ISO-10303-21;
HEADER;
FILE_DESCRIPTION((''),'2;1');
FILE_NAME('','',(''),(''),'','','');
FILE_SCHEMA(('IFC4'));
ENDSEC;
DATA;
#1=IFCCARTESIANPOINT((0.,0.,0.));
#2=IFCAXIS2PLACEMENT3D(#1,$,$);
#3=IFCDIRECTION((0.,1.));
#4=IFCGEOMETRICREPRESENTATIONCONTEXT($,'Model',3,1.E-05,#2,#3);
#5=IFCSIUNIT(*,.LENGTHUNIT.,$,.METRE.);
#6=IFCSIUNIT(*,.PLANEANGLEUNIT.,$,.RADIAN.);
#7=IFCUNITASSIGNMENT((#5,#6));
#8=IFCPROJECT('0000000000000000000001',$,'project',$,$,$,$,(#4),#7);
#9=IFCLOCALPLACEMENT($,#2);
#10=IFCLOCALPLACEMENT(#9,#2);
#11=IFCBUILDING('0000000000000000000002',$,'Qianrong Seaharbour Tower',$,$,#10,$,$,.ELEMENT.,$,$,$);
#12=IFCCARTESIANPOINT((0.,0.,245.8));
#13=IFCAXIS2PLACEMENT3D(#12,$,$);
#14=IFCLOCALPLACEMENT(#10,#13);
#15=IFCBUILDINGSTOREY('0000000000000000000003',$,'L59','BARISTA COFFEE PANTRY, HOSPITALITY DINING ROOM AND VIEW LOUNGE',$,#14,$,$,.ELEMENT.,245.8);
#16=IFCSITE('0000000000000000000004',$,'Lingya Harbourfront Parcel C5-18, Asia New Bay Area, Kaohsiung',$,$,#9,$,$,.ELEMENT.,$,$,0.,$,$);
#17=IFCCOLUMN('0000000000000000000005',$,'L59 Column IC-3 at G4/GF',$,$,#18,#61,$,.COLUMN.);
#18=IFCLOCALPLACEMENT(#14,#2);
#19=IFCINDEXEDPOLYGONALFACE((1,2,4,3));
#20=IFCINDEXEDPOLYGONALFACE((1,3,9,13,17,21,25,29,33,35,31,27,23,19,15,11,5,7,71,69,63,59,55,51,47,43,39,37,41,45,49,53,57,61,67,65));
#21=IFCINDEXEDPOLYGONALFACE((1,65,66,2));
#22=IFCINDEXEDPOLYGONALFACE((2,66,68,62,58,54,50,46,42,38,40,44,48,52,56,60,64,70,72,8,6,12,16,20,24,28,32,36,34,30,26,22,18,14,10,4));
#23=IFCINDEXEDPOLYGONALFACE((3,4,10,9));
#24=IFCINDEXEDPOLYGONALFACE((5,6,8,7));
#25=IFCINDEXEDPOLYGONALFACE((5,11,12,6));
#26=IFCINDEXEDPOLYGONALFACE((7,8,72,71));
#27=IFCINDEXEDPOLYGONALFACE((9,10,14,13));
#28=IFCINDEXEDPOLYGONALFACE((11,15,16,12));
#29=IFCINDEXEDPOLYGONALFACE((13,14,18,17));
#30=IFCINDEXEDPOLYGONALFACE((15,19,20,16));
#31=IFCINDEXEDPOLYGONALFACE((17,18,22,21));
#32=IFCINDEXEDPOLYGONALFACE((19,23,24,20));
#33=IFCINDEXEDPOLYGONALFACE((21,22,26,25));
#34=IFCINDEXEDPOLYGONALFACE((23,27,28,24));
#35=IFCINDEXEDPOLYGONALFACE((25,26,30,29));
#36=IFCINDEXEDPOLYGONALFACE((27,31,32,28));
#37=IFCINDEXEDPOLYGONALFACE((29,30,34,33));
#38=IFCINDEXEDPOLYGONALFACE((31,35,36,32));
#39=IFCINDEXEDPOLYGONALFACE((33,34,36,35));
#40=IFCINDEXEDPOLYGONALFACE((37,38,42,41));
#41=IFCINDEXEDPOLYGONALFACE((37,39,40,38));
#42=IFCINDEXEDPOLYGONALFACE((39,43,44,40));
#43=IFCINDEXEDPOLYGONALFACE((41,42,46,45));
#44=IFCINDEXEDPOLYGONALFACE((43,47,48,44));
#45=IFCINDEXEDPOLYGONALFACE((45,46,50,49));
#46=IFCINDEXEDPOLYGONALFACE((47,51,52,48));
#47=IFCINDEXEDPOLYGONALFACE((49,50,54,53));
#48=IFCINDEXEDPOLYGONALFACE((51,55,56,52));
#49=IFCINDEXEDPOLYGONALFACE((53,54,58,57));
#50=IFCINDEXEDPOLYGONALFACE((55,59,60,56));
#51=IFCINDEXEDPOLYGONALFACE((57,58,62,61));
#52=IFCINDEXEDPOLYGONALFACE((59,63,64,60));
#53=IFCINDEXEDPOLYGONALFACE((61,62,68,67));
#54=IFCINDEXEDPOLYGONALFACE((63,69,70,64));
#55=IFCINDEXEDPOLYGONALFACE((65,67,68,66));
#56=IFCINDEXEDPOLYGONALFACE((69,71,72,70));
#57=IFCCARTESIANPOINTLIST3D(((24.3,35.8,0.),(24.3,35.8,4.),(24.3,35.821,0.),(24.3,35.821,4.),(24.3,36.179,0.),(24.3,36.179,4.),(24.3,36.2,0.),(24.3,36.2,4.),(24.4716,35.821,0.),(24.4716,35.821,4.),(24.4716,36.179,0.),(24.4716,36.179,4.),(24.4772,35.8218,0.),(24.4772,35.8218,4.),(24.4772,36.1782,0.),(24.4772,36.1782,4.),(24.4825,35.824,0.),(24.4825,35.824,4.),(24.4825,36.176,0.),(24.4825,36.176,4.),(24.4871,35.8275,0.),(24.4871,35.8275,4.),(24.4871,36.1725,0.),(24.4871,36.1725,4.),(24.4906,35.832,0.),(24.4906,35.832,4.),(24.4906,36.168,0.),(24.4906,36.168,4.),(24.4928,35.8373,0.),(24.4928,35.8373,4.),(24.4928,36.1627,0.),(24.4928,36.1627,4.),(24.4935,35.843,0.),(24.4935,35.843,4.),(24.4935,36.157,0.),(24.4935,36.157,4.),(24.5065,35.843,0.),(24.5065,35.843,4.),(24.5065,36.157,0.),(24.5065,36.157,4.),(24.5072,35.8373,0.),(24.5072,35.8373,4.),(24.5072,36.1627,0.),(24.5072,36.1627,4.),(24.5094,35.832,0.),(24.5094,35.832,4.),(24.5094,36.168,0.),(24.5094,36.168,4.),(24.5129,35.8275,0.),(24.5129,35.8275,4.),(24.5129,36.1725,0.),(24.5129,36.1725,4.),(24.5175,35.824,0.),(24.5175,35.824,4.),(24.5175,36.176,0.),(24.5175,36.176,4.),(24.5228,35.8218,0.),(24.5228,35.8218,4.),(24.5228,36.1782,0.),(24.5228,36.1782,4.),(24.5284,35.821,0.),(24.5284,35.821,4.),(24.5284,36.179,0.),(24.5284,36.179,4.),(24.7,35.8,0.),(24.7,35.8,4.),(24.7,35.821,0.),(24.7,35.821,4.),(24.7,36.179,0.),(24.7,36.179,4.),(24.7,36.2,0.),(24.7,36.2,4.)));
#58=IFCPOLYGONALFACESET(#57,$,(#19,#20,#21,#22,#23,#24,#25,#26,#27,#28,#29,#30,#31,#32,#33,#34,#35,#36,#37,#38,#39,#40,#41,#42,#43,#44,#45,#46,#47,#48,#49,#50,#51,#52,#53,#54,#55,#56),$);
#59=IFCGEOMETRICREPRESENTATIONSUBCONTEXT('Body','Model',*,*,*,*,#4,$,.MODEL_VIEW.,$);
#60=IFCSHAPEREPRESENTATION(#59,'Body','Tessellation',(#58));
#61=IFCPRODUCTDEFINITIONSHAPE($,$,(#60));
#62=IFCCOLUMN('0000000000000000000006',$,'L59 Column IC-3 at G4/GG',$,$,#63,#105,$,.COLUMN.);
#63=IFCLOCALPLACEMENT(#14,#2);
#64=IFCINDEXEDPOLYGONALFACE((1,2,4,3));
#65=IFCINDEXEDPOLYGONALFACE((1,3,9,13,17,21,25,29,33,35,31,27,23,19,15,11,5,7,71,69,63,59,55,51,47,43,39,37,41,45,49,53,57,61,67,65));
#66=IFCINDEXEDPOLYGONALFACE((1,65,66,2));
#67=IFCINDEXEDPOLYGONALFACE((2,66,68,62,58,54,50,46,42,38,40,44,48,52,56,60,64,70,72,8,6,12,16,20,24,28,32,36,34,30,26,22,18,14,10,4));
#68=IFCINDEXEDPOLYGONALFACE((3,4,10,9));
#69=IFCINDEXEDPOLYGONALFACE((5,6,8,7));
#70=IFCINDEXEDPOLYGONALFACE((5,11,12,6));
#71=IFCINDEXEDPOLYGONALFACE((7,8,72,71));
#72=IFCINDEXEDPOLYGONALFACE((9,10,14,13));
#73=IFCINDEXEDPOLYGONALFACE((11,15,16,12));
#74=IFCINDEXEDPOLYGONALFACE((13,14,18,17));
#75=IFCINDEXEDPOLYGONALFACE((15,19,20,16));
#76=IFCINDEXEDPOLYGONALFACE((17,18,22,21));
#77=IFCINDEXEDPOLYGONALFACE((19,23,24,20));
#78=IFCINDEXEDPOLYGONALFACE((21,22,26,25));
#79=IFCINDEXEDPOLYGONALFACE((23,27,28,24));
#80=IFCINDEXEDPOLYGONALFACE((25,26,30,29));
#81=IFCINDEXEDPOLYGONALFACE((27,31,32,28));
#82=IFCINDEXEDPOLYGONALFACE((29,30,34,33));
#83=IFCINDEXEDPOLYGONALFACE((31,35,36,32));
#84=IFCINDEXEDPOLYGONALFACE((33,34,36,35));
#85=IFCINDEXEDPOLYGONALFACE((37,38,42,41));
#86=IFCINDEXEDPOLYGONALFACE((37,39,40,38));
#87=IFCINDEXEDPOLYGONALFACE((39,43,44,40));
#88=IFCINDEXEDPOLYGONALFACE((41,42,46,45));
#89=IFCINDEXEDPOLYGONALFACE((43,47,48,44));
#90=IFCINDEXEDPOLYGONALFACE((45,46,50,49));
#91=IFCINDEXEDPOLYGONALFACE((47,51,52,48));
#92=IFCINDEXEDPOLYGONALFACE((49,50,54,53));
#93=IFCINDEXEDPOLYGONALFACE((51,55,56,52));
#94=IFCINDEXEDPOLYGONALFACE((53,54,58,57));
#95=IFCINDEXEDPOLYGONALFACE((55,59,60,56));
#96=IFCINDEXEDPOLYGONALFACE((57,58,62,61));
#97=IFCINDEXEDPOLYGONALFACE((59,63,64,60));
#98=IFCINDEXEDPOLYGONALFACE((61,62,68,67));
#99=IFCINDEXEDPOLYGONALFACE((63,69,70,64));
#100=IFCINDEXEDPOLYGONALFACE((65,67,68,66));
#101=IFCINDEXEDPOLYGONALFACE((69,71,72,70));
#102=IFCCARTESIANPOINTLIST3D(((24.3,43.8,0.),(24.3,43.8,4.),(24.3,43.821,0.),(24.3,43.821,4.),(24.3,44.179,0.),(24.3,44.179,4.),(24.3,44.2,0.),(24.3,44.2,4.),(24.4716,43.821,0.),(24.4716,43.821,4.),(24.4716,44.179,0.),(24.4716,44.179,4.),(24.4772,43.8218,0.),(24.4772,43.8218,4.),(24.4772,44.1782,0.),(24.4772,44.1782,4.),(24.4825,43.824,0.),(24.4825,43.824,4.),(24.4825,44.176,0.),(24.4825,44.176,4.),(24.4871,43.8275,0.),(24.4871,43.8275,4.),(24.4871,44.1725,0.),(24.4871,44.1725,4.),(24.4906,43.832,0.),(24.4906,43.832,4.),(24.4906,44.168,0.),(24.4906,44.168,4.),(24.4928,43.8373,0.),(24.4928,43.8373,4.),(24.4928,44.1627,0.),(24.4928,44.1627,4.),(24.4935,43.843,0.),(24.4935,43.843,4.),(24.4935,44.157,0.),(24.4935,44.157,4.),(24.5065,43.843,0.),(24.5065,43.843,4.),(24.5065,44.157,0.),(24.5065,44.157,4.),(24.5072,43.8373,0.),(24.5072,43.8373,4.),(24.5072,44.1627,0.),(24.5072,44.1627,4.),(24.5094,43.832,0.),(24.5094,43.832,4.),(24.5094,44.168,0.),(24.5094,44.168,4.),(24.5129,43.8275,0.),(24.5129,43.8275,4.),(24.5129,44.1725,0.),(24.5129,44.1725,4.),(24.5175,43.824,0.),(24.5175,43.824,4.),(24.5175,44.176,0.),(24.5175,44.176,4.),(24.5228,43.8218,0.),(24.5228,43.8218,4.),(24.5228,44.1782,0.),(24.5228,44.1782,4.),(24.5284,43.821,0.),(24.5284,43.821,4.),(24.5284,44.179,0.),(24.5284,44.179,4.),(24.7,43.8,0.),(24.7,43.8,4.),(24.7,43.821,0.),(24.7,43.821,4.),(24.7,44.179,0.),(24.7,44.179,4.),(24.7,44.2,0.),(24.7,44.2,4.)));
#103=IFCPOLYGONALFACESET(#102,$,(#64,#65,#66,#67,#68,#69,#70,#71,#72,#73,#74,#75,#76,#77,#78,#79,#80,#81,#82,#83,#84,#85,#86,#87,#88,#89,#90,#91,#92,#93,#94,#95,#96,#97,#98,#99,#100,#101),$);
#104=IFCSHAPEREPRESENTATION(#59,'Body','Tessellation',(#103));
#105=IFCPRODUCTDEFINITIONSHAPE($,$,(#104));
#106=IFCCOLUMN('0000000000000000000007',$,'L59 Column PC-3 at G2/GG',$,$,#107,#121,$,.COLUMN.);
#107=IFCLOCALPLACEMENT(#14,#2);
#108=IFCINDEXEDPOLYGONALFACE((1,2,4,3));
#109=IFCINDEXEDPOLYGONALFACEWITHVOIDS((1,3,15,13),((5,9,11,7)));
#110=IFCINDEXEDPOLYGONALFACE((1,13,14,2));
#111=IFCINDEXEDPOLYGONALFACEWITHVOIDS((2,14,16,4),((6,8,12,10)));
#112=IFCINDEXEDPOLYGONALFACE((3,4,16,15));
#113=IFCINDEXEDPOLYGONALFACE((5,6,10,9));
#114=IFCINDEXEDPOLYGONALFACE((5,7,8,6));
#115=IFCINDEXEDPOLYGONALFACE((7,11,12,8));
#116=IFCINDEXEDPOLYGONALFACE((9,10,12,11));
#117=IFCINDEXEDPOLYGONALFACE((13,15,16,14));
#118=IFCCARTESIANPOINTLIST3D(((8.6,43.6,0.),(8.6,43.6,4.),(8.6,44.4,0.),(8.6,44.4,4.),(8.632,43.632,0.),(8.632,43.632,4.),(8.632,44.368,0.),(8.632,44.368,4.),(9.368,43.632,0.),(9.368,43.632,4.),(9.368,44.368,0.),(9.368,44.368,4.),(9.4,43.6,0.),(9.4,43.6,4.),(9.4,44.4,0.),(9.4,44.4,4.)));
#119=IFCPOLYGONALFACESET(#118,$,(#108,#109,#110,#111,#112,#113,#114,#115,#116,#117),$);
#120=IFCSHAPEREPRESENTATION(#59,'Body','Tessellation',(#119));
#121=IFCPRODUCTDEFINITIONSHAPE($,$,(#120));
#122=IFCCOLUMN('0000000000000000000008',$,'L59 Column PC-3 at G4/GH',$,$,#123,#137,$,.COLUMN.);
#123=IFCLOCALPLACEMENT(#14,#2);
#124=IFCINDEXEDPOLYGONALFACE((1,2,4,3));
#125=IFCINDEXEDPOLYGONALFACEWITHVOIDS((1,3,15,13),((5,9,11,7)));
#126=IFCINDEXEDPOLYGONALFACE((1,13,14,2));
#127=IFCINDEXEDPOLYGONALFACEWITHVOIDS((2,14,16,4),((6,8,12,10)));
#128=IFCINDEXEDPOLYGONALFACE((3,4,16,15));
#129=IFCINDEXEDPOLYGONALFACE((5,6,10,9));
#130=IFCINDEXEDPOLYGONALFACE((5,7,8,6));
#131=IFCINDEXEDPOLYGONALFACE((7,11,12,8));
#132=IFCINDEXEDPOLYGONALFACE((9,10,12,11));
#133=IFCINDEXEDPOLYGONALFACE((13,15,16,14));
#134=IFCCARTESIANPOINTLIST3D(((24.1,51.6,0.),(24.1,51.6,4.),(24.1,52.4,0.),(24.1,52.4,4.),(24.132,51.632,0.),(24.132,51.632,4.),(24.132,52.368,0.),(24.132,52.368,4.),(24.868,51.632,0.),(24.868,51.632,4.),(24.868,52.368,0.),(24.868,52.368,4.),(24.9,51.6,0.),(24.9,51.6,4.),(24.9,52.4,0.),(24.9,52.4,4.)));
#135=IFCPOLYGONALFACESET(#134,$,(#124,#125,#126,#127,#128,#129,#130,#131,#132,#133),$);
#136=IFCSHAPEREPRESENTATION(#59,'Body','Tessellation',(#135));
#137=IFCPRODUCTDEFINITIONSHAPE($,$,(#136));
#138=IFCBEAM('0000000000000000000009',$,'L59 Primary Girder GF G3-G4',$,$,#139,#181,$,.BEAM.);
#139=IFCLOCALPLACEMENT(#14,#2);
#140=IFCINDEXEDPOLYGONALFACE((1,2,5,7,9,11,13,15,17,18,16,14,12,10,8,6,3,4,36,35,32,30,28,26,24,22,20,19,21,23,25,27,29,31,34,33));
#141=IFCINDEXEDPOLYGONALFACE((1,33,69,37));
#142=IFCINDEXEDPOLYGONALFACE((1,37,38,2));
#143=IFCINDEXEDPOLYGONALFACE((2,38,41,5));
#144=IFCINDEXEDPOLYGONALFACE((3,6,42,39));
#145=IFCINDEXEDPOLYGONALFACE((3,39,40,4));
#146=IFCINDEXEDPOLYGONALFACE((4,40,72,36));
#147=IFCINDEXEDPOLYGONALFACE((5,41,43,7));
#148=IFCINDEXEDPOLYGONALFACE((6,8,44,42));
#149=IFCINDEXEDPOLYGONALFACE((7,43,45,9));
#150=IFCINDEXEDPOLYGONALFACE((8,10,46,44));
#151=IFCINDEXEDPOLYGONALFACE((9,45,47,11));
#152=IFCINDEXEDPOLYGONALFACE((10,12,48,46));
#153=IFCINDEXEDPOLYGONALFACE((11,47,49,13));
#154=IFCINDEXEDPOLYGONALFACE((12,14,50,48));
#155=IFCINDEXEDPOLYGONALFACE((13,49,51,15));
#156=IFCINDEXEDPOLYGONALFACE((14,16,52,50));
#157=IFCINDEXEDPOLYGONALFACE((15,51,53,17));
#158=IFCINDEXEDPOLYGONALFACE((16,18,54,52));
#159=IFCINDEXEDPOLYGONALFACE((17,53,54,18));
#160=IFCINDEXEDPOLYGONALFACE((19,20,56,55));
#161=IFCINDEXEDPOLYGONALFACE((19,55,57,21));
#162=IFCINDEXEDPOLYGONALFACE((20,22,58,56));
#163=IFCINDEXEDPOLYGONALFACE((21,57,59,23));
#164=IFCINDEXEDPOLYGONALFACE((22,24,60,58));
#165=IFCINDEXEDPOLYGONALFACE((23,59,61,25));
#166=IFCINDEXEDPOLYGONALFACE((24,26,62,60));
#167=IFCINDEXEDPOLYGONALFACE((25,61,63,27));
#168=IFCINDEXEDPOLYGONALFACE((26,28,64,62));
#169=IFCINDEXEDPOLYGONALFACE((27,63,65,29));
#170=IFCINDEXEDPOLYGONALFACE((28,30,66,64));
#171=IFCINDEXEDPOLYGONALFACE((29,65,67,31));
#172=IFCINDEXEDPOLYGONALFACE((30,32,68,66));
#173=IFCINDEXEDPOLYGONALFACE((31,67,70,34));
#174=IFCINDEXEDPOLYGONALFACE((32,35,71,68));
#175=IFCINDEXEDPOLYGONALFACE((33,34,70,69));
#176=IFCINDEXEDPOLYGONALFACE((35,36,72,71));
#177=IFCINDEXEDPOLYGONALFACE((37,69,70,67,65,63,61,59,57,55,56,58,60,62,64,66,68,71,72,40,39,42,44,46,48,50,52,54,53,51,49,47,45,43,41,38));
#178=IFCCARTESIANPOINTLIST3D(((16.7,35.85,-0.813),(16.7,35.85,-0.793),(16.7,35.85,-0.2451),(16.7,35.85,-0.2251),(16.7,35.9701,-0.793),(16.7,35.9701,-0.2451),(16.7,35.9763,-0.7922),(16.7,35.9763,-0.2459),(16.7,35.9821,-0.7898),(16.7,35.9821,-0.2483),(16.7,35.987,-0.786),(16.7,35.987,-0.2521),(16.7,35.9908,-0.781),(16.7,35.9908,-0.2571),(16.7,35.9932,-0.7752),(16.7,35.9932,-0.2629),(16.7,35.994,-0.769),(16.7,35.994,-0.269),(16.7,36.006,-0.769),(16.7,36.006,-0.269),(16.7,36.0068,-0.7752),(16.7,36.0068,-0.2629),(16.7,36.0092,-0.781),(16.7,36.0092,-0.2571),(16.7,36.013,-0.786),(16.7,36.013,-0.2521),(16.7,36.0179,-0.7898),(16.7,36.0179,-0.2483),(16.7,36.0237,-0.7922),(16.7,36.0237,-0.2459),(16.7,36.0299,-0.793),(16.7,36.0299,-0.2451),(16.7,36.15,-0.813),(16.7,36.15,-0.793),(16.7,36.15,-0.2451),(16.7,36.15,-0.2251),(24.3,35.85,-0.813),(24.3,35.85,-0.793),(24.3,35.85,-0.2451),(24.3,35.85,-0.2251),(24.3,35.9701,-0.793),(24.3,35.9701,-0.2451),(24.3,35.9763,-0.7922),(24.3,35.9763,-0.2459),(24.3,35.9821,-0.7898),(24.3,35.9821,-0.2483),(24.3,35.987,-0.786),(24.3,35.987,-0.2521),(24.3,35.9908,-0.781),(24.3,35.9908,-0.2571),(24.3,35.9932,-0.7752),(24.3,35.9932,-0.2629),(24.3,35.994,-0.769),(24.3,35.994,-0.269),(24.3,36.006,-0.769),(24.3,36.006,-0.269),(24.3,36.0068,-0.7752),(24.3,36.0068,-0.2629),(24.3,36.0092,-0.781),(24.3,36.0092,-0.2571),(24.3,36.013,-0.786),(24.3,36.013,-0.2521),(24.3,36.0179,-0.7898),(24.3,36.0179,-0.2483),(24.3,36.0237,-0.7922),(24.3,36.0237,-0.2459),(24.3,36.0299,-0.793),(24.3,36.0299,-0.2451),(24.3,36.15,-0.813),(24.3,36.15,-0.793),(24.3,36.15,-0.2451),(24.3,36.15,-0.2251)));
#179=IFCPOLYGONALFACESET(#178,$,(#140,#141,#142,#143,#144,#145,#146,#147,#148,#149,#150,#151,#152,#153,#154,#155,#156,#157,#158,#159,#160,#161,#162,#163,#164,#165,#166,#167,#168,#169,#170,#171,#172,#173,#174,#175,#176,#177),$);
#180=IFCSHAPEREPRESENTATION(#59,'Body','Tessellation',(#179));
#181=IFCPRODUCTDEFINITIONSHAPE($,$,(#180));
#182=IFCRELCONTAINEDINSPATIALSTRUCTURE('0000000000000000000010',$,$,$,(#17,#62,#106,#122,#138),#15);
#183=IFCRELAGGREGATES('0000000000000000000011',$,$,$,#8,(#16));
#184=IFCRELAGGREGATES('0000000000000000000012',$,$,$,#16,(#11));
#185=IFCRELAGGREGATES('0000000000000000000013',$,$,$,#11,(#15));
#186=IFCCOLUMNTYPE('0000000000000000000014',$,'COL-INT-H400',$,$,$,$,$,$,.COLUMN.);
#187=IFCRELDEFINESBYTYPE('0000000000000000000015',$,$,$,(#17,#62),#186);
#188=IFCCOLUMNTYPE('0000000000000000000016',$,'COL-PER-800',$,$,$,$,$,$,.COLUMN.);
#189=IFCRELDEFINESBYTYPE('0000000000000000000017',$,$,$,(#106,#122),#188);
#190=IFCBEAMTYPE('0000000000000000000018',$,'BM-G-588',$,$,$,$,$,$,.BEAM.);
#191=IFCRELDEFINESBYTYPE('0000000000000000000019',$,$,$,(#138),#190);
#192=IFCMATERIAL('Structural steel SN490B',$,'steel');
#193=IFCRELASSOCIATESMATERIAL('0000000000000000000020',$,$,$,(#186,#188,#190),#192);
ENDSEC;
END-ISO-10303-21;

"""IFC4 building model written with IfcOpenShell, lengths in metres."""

from ifc_helpers import new_model, si_unit, direction, frame, origin, origin_2d, place, context, subcontext, project, spatial, hollow_rectangle, i_section, extrude, material, material_profile, profile_set, type_object, element, save


model = new_model("IFC4")

# Units and contexts
model_context = context("Model", 3, precision=1e-05, world=origin(), true_north=direction((0.0, 1.0)))
body_context = subcontext(model_context, "Body", "Model", "MODEL_VIEW")
ifc_project = project(units=[si_unit("LENGTHUNIT", "METRE"), si_unit("PLANEANGLEUNIT", "RADIAN")], contexts=[model_context])

# Site, building, storey
site_placement = place(None, origin())
site = spatial("IfcSite", under=ifc_project, at=site_placement, Name="Lingya Harbourfront Parcel C5-18, Asia New Bay Area, Kaohsiung", CompositionType="ELEMENT", RefElevation=0.0)
building_placement = place(site_placement, origin())
building = spatial("IfcBuilding", under=site, at=building_placement, Name="Qianrong Seaharbour Tower", CompositionType="ELEMENT")
storey_placement = place(building_placement, frame((0.0, 0.0, 245.8)))
storey = spatial("IfcBuildingStorey", under=building, at=storey_placement, Name="L59", Description="BARISTA COFFEE PANTRY, HOSPITALITY DINING ROOM AND VIEW LOUNGE", CompositionType="ELEMENT", Elevation=245.8)

# Columns
ifc_material_1 = material(Name="Structural steel SN490B", Category="steel")
ifc_material_profile_1 = material_profile(ifc_material_1, i_section(OverallWidth=0.3999, OverallDepth=0.3999, WebThickness=0.0129, FlangeThickness=0.021, FilletRadius=0.022, at=origin_2d()), Name="H400x400x13x21")
ifc_profile_set_1 = profile_set([ifc_material_profile_1], Name="Structural steel SN490B")
column_type_1 = type_object("IfcColumnType", Name="COL-INT-H400", PredefinedType="COLUMN", material=ifc_profile_set_1)
for number, where, z_axis, x_axis, name in (
    (1, (24.5, 36.0, 0.0), (0.0, 0.0, 1.0), (1.0, 0.0, 0.0), "L59 Column IC-3 at G4/GF"),
    (2, (24.5, 44.0, 0.0), (0.0, 0.0, 1.0), (1.0, 0.0, 0.0), "L59 Column IC-3 at G4/GG"),
):
    element("IfcColumn", number, at=place(storey_placement, frame(where, z_axis=z_axis, x_axis=x_axis)), inside=storey, type_object=column_type_1, Name=name, PredefinedType="COLUMN", context=body_context, shape_type="SweptSolid", body=[
        extrude(i_section(OverallWidth=0.3999, OverallDepth=0.3999, WebThickness=0.0129, FlangeThickness=0.021, FilletRadius=0.022, at=origin_2d()), origin(), (0.0, 0.0, 1.0), 4.0),
    ])
ifc_material_profile_2 = material_profile(ifc_material_1, hollow_rectangle(XDim=0.8, YDim=0.8, WallThickness=0.032, at=origin_2d()), Name="BOX800x800x32")
ifc_profile_set_2 = profile_set([ifc_material_profile_2], Name="Structural steel SN490B")
column_type_2 = type_object("IfcColumnType", Name="COL-PER-800", PredefinedType="COLUMN", material=ifc_profile_set_2)
for number, where, z_axis, x_axis, name in (
    (3, (9.0, 44.0, 0.0), (0.0, 0.0, 1.0), (1.0, 0.0, 0.0), "L59 Column PC-3 at G2/GG"),
    (4, (24.5, 52.0, 0.0), (0.0, 0.0, 1.0), (1.0, 0.0, 0.0), "L59 Column PC-3 at G4/GH"),
):
    element("IfcColumn", number, at=place(storey_placement, frame(where, z_axis=z_axis, x_axis=x_axis)), inside=storey, type_object=column_type_2, Name=name, PredefinedType="COLUMN", context=body_context, shape_type="SweptSolid", body=[
        extrude(hollow_rectangle(XDim=0.8, YDim=0.8, WallThickness=0.032, at=origin_2d()), origin(), (0.0, 0.0, 1.0), 4.0),
    ])

# Beam
ifc_material_profile_3 = material_profile(ifc_material_1, i_section(OverallWidth=0.3, OverallDepth=0.5879, WebThickness=0.012, FlangeThickness=0.02, FilletRadius=0.0239, at=origin_2d()), Name="H588x300x12x20")
ifc_profile_set_3 = profile_set([ifc_material_profile_3], Name="Structural steel SN490B")
beam_type_1 = type_object("IfcBeamType", Name="BM-G-588", PredefinedType="BEAM", material=ifc_profile_set_3)
beam_1_placement = place(storey_placement, frame((16.7, 36.0, -0.519), z_axis=(1.0, 0.0, 0.0), x_axis=(0.0, 1.0, 0.0)))
element("IfcBeam", 5, at=beam_1_placement, inside=storey, type_object=beam_type_1, Name="L59 Primary Girder GF G3-G4", PredefinedType="BEAM", context=body_context, shape_type="SweptSolid", body=[
    extrude(i_section(OverallWidth=0.3, OverallDepth=0.5879, WebThickness=0.012, FlangeThickness=0.02, FilletRadius=0.0239, at=origin_2d()), origin(), (0.0, 0.0, 1.0), 7.6001),
])

save(model, "model.ifc")
